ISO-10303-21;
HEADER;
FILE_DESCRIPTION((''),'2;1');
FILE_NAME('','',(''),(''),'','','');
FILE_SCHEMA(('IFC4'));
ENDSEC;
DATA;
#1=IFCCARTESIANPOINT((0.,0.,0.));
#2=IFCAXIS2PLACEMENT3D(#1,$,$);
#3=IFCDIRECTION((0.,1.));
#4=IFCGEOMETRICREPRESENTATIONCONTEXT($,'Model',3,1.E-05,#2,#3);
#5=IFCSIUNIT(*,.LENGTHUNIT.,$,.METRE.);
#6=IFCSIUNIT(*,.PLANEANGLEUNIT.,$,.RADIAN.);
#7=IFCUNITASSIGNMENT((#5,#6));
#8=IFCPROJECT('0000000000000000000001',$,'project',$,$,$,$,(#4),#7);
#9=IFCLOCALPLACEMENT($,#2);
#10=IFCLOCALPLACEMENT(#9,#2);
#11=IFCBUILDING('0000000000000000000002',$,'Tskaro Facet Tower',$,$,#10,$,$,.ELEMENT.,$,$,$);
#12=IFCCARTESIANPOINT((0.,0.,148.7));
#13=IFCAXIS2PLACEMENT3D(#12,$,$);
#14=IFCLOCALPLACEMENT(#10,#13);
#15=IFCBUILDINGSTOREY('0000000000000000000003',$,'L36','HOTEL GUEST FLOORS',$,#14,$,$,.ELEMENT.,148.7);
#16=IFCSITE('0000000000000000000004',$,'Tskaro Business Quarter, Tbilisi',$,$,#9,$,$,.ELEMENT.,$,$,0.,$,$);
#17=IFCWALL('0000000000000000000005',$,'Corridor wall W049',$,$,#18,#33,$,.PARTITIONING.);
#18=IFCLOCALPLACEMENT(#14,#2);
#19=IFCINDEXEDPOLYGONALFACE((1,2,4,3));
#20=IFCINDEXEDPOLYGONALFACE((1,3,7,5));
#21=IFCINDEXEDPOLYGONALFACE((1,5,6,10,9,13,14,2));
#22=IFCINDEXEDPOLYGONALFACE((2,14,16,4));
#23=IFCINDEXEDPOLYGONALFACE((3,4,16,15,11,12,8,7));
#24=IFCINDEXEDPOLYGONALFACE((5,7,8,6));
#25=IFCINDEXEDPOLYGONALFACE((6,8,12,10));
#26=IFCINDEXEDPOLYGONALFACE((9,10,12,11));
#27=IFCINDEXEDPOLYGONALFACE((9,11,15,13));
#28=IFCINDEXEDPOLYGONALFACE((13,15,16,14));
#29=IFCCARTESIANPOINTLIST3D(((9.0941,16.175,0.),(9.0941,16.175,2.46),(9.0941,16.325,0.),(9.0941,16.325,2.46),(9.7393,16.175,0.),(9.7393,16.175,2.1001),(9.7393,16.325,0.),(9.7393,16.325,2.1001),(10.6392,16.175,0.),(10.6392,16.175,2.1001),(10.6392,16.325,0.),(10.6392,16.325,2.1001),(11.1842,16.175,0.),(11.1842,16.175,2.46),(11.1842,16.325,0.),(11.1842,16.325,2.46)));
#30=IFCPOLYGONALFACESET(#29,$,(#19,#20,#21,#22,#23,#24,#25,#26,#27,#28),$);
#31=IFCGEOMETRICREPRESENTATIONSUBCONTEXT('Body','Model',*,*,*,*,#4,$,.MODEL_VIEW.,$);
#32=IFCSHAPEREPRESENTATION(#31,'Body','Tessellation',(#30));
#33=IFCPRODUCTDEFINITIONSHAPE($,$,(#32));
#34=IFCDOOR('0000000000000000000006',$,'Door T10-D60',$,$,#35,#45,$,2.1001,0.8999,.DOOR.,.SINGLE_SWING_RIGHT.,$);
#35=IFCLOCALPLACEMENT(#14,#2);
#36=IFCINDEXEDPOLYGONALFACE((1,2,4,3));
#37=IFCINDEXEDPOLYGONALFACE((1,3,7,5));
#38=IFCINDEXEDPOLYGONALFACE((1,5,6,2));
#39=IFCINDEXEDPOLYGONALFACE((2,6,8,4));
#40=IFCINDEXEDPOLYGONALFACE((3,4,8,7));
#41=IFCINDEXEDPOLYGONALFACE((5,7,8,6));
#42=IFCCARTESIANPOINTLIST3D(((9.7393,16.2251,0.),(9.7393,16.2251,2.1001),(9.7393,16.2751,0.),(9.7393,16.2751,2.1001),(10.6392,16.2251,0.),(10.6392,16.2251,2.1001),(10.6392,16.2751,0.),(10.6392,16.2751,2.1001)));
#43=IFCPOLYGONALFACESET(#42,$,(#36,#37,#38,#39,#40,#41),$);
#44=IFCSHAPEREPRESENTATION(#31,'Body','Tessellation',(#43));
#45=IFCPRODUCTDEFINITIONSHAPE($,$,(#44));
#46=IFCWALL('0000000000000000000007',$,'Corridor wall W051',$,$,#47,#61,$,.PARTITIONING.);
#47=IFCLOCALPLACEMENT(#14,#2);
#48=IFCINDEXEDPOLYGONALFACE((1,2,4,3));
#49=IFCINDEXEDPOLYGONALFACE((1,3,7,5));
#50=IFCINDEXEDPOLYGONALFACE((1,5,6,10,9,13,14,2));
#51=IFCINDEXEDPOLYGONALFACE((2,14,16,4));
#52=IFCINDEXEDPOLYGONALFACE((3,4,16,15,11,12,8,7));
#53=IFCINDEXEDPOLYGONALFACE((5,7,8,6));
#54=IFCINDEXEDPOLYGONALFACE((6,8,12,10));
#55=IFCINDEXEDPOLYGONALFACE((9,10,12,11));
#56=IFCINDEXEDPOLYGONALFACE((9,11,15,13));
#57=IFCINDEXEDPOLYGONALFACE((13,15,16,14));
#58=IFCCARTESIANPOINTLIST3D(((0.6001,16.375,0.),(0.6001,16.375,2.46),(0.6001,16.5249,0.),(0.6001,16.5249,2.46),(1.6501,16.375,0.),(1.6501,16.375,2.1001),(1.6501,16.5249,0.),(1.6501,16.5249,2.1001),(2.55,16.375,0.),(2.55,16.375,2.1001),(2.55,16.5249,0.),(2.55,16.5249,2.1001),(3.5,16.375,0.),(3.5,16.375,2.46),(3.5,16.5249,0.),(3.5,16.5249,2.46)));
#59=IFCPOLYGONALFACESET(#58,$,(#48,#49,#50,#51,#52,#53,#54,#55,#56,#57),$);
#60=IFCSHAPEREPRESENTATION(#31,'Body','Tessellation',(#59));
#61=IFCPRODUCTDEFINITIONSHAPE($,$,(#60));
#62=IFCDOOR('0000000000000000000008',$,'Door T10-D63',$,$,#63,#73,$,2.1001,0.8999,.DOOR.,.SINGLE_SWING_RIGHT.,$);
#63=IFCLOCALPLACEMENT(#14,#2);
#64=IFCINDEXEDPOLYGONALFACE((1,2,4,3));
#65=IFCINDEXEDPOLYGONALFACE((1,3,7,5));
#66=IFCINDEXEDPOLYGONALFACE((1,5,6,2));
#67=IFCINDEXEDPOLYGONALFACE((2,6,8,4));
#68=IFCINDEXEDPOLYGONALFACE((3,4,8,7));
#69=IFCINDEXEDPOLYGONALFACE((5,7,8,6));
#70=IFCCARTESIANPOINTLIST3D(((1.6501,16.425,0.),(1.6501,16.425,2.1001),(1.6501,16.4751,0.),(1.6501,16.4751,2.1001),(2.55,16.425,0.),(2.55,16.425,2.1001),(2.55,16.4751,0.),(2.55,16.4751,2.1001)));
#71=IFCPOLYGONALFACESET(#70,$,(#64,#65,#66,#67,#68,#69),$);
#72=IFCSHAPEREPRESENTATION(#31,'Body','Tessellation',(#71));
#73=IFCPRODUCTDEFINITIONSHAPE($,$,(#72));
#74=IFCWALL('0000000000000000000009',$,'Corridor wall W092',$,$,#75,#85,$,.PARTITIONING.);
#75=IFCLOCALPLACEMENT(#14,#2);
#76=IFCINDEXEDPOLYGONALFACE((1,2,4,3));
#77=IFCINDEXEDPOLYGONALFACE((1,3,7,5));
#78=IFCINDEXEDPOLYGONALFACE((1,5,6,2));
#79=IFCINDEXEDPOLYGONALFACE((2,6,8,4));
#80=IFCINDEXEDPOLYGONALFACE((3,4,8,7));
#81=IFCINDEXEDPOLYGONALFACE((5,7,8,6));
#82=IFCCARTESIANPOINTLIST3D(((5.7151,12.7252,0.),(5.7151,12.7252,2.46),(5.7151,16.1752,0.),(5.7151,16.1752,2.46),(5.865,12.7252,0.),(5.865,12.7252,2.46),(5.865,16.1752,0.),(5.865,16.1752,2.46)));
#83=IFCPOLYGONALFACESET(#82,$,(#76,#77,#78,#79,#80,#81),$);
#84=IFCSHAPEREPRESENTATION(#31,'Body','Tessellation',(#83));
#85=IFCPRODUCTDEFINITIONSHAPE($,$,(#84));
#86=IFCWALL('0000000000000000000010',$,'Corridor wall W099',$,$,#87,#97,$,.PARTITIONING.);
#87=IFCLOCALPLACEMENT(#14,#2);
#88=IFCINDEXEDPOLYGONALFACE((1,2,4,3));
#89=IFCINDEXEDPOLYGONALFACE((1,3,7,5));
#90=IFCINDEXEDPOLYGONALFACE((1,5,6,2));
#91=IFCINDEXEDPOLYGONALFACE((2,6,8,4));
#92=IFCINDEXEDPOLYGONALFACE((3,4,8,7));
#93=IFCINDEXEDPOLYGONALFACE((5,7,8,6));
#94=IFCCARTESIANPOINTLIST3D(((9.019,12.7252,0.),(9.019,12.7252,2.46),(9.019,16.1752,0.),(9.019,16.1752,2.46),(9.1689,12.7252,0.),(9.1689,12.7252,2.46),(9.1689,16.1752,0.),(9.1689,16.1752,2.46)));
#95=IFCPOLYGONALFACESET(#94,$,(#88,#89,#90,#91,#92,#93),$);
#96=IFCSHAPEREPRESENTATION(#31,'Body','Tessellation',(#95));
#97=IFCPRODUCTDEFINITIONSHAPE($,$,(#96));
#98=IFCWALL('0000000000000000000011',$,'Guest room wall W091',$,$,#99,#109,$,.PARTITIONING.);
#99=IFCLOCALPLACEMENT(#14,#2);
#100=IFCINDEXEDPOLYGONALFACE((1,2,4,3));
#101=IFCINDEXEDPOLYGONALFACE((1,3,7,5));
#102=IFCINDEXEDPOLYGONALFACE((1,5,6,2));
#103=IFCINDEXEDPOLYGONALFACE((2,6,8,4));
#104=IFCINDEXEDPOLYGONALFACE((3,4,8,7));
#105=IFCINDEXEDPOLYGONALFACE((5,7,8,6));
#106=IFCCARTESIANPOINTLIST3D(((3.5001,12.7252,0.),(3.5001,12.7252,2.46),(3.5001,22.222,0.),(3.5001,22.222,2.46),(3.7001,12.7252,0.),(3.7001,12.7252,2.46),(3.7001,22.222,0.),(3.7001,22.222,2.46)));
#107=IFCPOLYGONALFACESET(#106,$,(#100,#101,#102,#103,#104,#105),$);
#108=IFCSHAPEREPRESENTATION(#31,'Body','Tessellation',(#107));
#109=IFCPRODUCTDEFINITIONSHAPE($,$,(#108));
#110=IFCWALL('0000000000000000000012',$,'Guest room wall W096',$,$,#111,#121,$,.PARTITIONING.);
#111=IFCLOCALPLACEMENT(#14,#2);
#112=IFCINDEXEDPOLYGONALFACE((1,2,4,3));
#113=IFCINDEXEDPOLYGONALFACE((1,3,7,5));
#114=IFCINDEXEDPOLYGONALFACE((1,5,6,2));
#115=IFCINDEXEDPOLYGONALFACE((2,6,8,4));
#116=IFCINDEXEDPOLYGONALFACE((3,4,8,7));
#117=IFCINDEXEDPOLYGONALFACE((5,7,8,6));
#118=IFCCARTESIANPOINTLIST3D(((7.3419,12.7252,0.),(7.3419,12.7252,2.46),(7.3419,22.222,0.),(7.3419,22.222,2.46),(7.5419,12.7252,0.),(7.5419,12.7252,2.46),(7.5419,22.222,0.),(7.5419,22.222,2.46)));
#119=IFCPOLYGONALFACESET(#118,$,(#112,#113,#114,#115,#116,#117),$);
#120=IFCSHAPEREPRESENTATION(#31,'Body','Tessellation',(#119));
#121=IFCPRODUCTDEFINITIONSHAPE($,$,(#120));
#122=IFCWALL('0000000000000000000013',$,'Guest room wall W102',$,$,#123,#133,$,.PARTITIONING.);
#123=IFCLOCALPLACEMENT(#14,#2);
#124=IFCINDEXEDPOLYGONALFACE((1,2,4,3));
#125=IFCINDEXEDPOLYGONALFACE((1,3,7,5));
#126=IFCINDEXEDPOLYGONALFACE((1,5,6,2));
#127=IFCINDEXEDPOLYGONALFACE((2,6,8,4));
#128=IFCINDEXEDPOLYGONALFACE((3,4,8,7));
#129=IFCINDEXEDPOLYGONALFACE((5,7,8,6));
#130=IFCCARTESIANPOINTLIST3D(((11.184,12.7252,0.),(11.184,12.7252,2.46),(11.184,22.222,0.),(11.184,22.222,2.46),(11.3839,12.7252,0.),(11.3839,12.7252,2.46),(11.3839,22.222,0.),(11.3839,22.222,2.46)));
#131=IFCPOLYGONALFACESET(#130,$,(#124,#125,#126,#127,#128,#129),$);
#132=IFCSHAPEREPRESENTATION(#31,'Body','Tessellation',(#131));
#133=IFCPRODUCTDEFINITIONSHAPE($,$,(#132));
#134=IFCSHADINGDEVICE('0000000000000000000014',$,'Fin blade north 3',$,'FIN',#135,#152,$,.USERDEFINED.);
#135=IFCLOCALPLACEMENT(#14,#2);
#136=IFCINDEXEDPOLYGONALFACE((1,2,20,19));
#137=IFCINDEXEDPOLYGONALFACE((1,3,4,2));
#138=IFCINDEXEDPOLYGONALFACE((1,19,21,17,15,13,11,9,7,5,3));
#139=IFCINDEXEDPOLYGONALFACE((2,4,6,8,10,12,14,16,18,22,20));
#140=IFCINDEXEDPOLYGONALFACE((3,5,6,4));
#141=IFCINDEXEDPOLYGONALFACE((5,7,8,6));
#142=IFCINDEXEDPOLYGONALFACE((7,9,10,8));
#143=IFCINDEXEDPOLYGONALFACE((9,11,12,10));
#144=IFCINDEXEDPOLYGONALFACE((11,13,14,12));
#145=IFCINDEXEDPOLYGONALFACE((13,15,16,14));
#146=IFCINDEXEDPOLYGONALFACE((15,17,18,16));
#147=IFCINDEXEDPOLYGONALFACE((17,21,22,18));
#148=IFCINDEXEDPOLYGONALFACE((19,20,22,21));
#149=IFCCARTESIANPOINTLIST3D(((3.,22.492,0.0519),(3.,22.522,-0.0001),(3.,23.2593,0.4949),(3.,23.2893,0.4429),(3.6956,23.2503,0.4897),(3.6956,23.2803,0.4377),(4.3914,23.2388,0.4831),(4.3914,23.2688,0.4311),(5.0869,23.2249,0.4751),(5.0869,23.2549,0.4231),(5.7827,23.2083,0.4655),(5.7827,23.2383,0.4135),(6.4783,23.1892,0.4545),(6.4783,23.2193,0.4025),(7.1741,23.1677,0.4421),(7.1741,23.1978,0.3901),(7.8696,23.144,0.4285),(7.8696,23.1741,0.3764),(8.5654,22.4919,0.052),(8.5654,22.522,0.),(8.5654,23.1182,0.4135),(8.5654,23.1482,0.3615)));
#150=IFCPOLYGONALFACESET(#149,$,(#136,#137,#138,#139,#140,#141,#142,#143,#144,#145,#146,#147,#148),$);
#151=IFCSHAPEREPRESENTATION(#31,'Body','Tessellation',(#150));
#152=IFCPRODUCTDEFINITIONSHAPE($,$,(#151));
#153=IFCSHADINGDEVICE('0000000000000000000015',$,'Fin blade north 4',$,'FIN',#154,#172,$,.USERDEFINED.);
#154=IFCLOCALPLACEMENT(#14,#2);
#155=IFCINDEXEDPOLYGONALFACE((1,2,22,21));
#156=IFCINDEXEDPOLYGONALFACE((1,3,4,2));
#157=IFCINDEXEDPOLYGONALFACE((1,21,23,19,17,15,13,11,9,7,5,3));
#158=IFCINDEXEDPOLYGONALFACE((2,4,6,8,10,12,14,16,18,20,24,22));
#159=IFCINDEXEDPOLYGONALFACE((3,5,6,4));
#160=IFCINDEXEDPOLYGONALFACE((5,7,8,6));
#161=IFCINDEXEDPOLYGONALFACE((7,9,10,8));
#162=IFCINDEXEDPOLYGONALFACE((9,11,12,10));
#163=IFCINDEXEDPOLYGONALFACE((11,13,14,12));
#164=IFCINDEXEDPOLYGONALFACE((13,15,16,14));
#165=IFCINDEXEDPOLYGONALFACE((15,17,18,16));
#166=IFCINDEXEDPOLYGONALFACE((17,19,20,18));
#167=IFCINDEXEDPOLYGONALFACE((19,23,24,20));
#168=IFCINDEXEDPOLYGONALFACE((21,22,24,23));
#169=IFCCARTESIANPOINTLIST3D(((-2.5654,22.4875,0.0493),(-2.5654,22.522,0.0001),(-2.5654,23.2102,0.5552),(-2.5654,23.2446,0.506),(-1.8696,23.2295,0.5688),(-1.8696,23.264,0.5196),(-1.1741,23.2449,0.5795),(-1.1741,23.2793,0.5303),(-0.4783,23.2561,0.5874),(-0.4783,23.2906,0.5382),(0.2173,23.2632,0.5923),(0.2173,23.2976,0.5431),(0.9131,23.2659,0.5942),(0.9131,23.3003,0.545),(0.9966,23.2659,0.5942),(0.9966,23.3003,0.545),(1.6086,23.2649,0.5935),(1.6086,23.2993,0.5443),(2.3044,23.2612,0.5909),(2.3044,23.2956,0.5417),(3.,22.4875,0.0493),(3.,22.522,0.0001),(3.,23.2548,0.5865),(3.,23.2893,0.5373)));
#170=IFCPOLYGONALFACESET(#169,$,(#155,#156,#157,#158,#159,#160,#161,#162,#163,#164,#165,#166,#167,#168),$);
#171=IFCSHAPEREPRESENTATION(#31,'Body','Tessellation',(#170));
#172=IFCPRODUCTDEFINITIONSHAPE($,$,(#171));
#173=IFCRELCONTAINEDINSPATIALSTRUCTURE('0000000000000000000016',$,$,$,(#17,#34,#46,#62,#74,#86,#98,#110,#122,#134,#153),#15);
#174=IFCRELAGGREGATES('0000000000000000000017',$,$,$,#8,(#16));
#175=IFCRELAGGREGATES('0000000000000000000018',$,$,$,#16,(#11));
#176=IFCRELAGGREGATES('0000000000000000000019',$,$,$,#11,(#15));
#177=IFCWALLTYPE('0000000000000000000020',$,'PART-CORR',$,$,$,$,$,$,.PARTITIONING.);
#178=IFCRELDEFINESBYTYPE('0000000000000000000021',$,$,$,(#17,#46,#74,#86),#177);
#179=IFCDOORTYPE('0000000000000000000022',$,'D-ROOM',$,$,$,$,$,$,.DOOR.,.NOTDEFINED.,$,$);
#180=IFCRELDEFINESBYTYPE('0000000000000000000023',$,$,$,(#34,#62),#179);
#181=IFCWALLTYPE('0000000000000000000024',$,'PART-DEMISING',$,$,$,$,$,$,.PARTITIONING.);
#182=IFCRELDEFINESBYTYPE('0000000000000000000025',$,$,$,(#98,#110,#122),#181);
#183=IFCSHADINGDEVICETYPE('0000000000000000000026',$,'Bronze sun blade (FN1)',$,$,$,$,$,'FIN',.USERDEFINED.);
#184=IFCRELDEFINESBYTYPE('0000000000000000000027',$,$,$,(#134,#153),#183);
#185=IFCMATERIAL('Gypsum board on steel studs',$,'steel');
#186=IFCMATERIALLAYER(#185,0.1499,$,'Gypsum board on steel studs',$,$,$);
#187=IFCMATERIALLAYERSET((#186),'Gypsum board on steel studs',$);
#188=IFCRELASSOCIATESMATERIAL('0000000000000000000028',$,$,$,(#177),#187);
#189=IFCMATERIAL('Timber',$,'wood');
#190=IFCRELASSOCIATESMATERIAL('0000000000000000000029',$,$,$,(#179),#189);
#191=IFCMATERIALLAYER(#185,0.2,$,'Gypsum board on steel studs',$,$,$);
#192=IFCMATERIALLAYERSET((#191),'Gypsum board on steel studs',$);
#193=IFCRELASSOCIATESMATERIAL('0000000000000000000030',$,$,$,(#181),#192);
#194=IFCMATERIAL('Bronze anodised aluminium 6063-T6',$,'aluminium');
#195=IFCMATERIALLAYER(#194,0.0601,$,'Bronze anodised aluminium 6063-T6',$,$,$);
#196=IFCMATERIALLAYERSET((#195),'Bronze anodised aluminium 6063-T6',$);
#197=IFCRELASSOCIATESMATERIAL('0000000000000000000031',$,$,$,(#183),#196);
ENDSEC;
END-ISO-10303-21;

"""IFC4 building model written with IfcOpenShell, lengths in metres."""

from ifc_helpers import new_model, si_unit, direction, frame, frame_2d, origin, place, context, subcontext, project, spatial, polyline, rectangle, outline, extrude, material, layer, layer_set, type_object, element, fill, save


model = new_model("IFC4")

# Units and contexts
model_context = context("Model", 3, precision=1e-05, world=origin(), true_north=direction((0.0, 1.0)))
body_context = subcontext(model_context, "Body", "Model", "MODEL_VIEW")
ifc_project = project(units=[si_unit("LENGTHUNIT", "METRE"), si_unit("PLANEANGLEUNIT", "RADIAN")], contexts=[model_context])

# Site, building, storey
site_placement = place(None, origin())
site = spatial("IfcSite", under=ifc_project, at=site_placement, Name="Tskaro Business Quarter, Tbilisi", CompositionType="ELEMENT", RefElevation=0.0)
building_placement = place(site_placement, origin())
building = spatial("IfcBuilding", under=site, at=building_placement, Name="Tskaro Facet Tower", CompositionType="ELEMENT")
storey_placement = place(building_placement, frame((0.0, 0.0, 148.7)))
storey = spatial("IfcBuildingStorey", under=building, at=storey_placement, Name="L36", Description="HOTEL GUEST FLOORS", CompositionType="ELEMENT", Elevation=148.7)

# Shared definitions
ifc_material_1 = material(Name="Bronze anodised aluminium 6063-T6", Category="aluminium")

# Walls, openings, doors
ifc_material_2 = material(Name="Gypsum board on steel studs", Category="steel")
ifc_layer_1 = layer(ifc_material_2, 0.1499, Name="Gypsum board on steel studs")
ifc_layer_set_1 = layer_set([ifc_layer_1], Name="Gypsum board on steel studs")
wall_type_1 = type_object("IfcWallType", Name="PART-CORR", PredefinedType="PARTITIONING", material=ifc_layer_set_1)
ifc_material_3 = material(Name="Timber", Category="wood")
door_type = type_object("IfcDoorType", Name="D-ROOM", OperationType="NOTDEFINED", PredefinedType="DOOR", material=ifc_material_3)
wall_1_placement = place(storey_placement, frame((11.1841, 16.25, 0.0), z_axis=(0.0, 0.0, 1.0), x_axis=(-1.0, 0.0, 0.0)))
wall_1 = element("IfcWall", 1, at=wall_1_placement, inside=storey, type_object=wall_type_1, Name="Corridor wall W049", PredefinedType="PARTITIONING", context=body_context, shape_type="SweptSolid", body=[
    extrude(rectangle(XDim=2.0901, YDim=0.1499, at=frame_2d((1.0449, 0.0))), origin(), (0.0, 0.0, 1.0), 2.46),
])
opening_1_placement = place(wall_1_placement, frame((0.5449, 0.0, 0.0)))
opening_1 = element("IfcOpeningElement", 2, at=opening_1_placement, cuts=wall_1, PredefinedType="OPENING", context=body_context, shape_type="SweptSolid", body=[
    extrude(rectangle(XDim=0.8999, YDim=2.1001, at=frame_2d((0.45, 1.05))), frame((0.0, 0.085, 0.0), z_axis=(0.0, -1.0, 0.0), x_axis=(1.0, 0.0, 0.0)), (0.0, 0.0, 1.0), 0.1699),
])
door_1_placement = place(opening_1_placement, origin())
door_1 = element("IfcDoor", 3, at=door_1_placement, inside=storey, type_object=door_type, Name="Door T10-D60", OperationType="SINGLE_SWING_RIGHT", OverallHeight=2.1001, OverallWidth=0.8999, PredefinedType="DOOR", context=body_context, shape_type="SweptSolid", body=[
    extrude(rectangle(XDim=0.8999, YDim=2.1001, at=frame_2d((0.45, 1.05))), frame((0.0, 0.0249, 0.0), z_axis=(0.0, -1.0, 0.0), x_axis=(1.0, 0.0, 0.0)), (0.0, 0.0, 1.0), 0.05),
])
fill(opening_1, door_1)
wall_2_placement = place(storey_placement, frame((3.5, 16.45, 0.0), z_axis=(0.0, 0.0, 1.0), x_axis=(-1.0, 0.0, 0.0)))
wall_2 = element("IfcWall", 4, at=wall_2_placement, inside=storey, type_object=wall_type_1, Name="Corridor wall W051", PredefinedType="PARTITIONING", context=body_context, shape_type="SweptSolid", body=[
    extrude(rectangle(XDim=2.8999, YDim=0.1499, at=frame_2d((1.45, 0.0))), origin(), (0.0, 0.0, 1.0), 2.46),
])
opening_2_placement = place(wall_2_placement, frame((0.95, 0.0, 0.0)))
opening_2 = element("IfcOpeningElement", 5, at=opening_2_placement, cuts=wall_2, PredefinedType="OPENING", context=body_context, shape_type="SweptSolid", body=[
    extrude(rectangle(XDim=0.8999, YDim=2.1001, at=frame_2d((0.45, 1.05))), frame((0.0, 0.085, 0.0), z_axis=(0.0, -1.0, 0.0), x_axis=(1.0, 0.0, 0.0)), (0.0, 0.0, 1.0), 0.1699),
])
door_2_placement = place(opening_2_placement, origin())
door_2 = element("IfcDoor", 6, at=door_2_placement, inside=storey, type_object=door_type, Name="Door T10-D63", OperationType="SINGLE_SWING_RIGHT", OverallHeight=2.1001, OverallWidth=0.8999, PredefinedType="DOOR", context=body_context, shape_type="SweptSolid", body=[
    extrude(rectangle(XDim=0.8999, YDim=2.1001, at=frame_2d((0.45, 1.05))), frame((0.0, 0.0249, 0.0), z_axis=(0.0, -1.0, 0.0), x_axis=(1.0, 0.0, 0.0)), (0.0, 0.0, 1.0), 0.05),
])
fill(opening_2, door_2)

# Walls
for number, where, z_axis, x_axis, name in (
    (7, (5.79, 12.7251, 0.0), (0.0, 0.0, 1.0), (0.0, 1.0, 0.0), "Corridor wall W092"),
    (8, (9.094, 12.7251, 0.0), (0.0, 0.0, 1.0), (0.0, 1.0, 0.0), "Corridor wall W099"),
):
    element("IfcWall", number, at=place(storey_placement, frame(where, z_axis=z_axis, x_axis=x_axis)), inside=storey, type_object=wall_type_1, Name=name, PredefinedType="PARTITIONING", context=body_context, shape_type="SweptSolid", body=[
        extrude(rectangle(XDim=3.45, YDim=0.1499, at=frame_2d((1.7251, 0.0))), origin(), (0.0, 0.0, 1.0), 2.46),
    ])
ifc_layer_2 = layer(ifc_material_2, 0.2, Name="Gypsum board on steel studs")
ifc_layer_set_2 = layer_set([ifc_layer_2], Name="Gypsum board on steel studs")
wall_type_2 = type_object("IfcWallType", Name="PART-DEMISING", PredefinedType="PARTITIONING", material=ifc_layer_set_2)
for number, where, z_axis, x_axis, name in (
    (9, (3.6001, 12.7251, 0.0), (0.0, 0.0, 1.0), (0.0, 1.0, 0.0), "Guest room wall W091"),
    (10, (7.4419, 12.7251, 0.0), (0.0, 0.0, 1.0), (0.0, 1.0, 0.0), "Guest room wall W096"),
    (11, (11.2839, 12.7251, 0.0), (0.0, 0.0, 1.0), (0.0, 1.0, 0.0), "Guest room wall W102"),
):
    element("IfcWall", number, at=place(storey_placement, frame(where, z_axis=z_axis, x_axis=x_axis)), inside=storey, type_object=wall_type_2, Name=name, PredefinedType="PARTITIONING", context=body_context, shape_type="SweptSolid", body=[
        extrude(rectangle(XDim=9.4968, YDim=0.2, at=frame_2d((4.7485, 0.0))), origin(), (0.0, 0.0, 1.0), 2.46),
    ])

# Shading devices
ifc_layer_3 = layer(ifc_material_1, 0.0601, Name="Bronze anodised aluminium 6063-T6")
ifc_layer_set_3 = layer_set([ifc_layer_3], Name="Bronze anodised aluminium 6063-T6")
shading_device_type = type_object("IfcShadingDeviceType", Name="Bronze sun blade (FN1)", ElementType="FIN", PredefinedType="USERDEFINED", material=ifc_layer_set_3)
shading_device_1_placement = place(storey_placement, frame((8.5654, 22.4919, 0.052), z_axis=(-0.000014, -0.499975, 0.86604), x_axis=(-1.0, 0.000007, -0.000012)))
element("IfcShadingDevice", 12, at=shading_device_1_placement, inside=storey, type_object=shading_device_type, Name="Fin blade north 3", ObjectType="FIN", PredefinedType="USERDEFINED", context=body_context, shape_type="SweptSolid", body=[
    extrude(outline(polyline([(0.0, 0.0), (5.5654, 0.0), (5.5654, -0.886), (4.8699, -0.8756), (4.1741, -0.8623), (3.4785, -0.8463), (2.7827, -0.8271), (2.0872, -0.8051), (1.3914, -0.7803), (0.6958, -0.753), (0.0, -0.7231), (0.0, 0.0)])), origin(), (0.0, 0.0, -1.0), 0.0601),
])
shading_device_2_placement = place(storey_placement, frame((3.0, 22.4875, 0.0493), z_axis=(0.000003, -0.573508, 0.8192), x_axis=(-1.0, -0.000002, 0.000002)))
element("IfcShadingDevice", 13, at=shading_device_2_placement, inside=storey, type_object=shading_device_type, Name="Fin blade north 4", ObjectType="FIN", PredefinedType="USERDEFINED", context=body_context, shape_type="SweptSolid", body=[
    extrude(outline(polyline([(0.0, 0.0), (5.5654, 0.0), (5.5654, -0.8821), (4.8696, -0.9058), (4.1741, -0.9245), (3.4783, -0.9382), (2.7827, -0.9468), (2.0869, -0.9501), (2.0034, -0.9501), (1.3914, -0.9489), (0.6956, -0.9444), (0.0, -0.9366), (0.0, 0.0)])), origin(), (0.0, 0.0, -1.0), 0.0601),
])

save(model, "model.ifc")
